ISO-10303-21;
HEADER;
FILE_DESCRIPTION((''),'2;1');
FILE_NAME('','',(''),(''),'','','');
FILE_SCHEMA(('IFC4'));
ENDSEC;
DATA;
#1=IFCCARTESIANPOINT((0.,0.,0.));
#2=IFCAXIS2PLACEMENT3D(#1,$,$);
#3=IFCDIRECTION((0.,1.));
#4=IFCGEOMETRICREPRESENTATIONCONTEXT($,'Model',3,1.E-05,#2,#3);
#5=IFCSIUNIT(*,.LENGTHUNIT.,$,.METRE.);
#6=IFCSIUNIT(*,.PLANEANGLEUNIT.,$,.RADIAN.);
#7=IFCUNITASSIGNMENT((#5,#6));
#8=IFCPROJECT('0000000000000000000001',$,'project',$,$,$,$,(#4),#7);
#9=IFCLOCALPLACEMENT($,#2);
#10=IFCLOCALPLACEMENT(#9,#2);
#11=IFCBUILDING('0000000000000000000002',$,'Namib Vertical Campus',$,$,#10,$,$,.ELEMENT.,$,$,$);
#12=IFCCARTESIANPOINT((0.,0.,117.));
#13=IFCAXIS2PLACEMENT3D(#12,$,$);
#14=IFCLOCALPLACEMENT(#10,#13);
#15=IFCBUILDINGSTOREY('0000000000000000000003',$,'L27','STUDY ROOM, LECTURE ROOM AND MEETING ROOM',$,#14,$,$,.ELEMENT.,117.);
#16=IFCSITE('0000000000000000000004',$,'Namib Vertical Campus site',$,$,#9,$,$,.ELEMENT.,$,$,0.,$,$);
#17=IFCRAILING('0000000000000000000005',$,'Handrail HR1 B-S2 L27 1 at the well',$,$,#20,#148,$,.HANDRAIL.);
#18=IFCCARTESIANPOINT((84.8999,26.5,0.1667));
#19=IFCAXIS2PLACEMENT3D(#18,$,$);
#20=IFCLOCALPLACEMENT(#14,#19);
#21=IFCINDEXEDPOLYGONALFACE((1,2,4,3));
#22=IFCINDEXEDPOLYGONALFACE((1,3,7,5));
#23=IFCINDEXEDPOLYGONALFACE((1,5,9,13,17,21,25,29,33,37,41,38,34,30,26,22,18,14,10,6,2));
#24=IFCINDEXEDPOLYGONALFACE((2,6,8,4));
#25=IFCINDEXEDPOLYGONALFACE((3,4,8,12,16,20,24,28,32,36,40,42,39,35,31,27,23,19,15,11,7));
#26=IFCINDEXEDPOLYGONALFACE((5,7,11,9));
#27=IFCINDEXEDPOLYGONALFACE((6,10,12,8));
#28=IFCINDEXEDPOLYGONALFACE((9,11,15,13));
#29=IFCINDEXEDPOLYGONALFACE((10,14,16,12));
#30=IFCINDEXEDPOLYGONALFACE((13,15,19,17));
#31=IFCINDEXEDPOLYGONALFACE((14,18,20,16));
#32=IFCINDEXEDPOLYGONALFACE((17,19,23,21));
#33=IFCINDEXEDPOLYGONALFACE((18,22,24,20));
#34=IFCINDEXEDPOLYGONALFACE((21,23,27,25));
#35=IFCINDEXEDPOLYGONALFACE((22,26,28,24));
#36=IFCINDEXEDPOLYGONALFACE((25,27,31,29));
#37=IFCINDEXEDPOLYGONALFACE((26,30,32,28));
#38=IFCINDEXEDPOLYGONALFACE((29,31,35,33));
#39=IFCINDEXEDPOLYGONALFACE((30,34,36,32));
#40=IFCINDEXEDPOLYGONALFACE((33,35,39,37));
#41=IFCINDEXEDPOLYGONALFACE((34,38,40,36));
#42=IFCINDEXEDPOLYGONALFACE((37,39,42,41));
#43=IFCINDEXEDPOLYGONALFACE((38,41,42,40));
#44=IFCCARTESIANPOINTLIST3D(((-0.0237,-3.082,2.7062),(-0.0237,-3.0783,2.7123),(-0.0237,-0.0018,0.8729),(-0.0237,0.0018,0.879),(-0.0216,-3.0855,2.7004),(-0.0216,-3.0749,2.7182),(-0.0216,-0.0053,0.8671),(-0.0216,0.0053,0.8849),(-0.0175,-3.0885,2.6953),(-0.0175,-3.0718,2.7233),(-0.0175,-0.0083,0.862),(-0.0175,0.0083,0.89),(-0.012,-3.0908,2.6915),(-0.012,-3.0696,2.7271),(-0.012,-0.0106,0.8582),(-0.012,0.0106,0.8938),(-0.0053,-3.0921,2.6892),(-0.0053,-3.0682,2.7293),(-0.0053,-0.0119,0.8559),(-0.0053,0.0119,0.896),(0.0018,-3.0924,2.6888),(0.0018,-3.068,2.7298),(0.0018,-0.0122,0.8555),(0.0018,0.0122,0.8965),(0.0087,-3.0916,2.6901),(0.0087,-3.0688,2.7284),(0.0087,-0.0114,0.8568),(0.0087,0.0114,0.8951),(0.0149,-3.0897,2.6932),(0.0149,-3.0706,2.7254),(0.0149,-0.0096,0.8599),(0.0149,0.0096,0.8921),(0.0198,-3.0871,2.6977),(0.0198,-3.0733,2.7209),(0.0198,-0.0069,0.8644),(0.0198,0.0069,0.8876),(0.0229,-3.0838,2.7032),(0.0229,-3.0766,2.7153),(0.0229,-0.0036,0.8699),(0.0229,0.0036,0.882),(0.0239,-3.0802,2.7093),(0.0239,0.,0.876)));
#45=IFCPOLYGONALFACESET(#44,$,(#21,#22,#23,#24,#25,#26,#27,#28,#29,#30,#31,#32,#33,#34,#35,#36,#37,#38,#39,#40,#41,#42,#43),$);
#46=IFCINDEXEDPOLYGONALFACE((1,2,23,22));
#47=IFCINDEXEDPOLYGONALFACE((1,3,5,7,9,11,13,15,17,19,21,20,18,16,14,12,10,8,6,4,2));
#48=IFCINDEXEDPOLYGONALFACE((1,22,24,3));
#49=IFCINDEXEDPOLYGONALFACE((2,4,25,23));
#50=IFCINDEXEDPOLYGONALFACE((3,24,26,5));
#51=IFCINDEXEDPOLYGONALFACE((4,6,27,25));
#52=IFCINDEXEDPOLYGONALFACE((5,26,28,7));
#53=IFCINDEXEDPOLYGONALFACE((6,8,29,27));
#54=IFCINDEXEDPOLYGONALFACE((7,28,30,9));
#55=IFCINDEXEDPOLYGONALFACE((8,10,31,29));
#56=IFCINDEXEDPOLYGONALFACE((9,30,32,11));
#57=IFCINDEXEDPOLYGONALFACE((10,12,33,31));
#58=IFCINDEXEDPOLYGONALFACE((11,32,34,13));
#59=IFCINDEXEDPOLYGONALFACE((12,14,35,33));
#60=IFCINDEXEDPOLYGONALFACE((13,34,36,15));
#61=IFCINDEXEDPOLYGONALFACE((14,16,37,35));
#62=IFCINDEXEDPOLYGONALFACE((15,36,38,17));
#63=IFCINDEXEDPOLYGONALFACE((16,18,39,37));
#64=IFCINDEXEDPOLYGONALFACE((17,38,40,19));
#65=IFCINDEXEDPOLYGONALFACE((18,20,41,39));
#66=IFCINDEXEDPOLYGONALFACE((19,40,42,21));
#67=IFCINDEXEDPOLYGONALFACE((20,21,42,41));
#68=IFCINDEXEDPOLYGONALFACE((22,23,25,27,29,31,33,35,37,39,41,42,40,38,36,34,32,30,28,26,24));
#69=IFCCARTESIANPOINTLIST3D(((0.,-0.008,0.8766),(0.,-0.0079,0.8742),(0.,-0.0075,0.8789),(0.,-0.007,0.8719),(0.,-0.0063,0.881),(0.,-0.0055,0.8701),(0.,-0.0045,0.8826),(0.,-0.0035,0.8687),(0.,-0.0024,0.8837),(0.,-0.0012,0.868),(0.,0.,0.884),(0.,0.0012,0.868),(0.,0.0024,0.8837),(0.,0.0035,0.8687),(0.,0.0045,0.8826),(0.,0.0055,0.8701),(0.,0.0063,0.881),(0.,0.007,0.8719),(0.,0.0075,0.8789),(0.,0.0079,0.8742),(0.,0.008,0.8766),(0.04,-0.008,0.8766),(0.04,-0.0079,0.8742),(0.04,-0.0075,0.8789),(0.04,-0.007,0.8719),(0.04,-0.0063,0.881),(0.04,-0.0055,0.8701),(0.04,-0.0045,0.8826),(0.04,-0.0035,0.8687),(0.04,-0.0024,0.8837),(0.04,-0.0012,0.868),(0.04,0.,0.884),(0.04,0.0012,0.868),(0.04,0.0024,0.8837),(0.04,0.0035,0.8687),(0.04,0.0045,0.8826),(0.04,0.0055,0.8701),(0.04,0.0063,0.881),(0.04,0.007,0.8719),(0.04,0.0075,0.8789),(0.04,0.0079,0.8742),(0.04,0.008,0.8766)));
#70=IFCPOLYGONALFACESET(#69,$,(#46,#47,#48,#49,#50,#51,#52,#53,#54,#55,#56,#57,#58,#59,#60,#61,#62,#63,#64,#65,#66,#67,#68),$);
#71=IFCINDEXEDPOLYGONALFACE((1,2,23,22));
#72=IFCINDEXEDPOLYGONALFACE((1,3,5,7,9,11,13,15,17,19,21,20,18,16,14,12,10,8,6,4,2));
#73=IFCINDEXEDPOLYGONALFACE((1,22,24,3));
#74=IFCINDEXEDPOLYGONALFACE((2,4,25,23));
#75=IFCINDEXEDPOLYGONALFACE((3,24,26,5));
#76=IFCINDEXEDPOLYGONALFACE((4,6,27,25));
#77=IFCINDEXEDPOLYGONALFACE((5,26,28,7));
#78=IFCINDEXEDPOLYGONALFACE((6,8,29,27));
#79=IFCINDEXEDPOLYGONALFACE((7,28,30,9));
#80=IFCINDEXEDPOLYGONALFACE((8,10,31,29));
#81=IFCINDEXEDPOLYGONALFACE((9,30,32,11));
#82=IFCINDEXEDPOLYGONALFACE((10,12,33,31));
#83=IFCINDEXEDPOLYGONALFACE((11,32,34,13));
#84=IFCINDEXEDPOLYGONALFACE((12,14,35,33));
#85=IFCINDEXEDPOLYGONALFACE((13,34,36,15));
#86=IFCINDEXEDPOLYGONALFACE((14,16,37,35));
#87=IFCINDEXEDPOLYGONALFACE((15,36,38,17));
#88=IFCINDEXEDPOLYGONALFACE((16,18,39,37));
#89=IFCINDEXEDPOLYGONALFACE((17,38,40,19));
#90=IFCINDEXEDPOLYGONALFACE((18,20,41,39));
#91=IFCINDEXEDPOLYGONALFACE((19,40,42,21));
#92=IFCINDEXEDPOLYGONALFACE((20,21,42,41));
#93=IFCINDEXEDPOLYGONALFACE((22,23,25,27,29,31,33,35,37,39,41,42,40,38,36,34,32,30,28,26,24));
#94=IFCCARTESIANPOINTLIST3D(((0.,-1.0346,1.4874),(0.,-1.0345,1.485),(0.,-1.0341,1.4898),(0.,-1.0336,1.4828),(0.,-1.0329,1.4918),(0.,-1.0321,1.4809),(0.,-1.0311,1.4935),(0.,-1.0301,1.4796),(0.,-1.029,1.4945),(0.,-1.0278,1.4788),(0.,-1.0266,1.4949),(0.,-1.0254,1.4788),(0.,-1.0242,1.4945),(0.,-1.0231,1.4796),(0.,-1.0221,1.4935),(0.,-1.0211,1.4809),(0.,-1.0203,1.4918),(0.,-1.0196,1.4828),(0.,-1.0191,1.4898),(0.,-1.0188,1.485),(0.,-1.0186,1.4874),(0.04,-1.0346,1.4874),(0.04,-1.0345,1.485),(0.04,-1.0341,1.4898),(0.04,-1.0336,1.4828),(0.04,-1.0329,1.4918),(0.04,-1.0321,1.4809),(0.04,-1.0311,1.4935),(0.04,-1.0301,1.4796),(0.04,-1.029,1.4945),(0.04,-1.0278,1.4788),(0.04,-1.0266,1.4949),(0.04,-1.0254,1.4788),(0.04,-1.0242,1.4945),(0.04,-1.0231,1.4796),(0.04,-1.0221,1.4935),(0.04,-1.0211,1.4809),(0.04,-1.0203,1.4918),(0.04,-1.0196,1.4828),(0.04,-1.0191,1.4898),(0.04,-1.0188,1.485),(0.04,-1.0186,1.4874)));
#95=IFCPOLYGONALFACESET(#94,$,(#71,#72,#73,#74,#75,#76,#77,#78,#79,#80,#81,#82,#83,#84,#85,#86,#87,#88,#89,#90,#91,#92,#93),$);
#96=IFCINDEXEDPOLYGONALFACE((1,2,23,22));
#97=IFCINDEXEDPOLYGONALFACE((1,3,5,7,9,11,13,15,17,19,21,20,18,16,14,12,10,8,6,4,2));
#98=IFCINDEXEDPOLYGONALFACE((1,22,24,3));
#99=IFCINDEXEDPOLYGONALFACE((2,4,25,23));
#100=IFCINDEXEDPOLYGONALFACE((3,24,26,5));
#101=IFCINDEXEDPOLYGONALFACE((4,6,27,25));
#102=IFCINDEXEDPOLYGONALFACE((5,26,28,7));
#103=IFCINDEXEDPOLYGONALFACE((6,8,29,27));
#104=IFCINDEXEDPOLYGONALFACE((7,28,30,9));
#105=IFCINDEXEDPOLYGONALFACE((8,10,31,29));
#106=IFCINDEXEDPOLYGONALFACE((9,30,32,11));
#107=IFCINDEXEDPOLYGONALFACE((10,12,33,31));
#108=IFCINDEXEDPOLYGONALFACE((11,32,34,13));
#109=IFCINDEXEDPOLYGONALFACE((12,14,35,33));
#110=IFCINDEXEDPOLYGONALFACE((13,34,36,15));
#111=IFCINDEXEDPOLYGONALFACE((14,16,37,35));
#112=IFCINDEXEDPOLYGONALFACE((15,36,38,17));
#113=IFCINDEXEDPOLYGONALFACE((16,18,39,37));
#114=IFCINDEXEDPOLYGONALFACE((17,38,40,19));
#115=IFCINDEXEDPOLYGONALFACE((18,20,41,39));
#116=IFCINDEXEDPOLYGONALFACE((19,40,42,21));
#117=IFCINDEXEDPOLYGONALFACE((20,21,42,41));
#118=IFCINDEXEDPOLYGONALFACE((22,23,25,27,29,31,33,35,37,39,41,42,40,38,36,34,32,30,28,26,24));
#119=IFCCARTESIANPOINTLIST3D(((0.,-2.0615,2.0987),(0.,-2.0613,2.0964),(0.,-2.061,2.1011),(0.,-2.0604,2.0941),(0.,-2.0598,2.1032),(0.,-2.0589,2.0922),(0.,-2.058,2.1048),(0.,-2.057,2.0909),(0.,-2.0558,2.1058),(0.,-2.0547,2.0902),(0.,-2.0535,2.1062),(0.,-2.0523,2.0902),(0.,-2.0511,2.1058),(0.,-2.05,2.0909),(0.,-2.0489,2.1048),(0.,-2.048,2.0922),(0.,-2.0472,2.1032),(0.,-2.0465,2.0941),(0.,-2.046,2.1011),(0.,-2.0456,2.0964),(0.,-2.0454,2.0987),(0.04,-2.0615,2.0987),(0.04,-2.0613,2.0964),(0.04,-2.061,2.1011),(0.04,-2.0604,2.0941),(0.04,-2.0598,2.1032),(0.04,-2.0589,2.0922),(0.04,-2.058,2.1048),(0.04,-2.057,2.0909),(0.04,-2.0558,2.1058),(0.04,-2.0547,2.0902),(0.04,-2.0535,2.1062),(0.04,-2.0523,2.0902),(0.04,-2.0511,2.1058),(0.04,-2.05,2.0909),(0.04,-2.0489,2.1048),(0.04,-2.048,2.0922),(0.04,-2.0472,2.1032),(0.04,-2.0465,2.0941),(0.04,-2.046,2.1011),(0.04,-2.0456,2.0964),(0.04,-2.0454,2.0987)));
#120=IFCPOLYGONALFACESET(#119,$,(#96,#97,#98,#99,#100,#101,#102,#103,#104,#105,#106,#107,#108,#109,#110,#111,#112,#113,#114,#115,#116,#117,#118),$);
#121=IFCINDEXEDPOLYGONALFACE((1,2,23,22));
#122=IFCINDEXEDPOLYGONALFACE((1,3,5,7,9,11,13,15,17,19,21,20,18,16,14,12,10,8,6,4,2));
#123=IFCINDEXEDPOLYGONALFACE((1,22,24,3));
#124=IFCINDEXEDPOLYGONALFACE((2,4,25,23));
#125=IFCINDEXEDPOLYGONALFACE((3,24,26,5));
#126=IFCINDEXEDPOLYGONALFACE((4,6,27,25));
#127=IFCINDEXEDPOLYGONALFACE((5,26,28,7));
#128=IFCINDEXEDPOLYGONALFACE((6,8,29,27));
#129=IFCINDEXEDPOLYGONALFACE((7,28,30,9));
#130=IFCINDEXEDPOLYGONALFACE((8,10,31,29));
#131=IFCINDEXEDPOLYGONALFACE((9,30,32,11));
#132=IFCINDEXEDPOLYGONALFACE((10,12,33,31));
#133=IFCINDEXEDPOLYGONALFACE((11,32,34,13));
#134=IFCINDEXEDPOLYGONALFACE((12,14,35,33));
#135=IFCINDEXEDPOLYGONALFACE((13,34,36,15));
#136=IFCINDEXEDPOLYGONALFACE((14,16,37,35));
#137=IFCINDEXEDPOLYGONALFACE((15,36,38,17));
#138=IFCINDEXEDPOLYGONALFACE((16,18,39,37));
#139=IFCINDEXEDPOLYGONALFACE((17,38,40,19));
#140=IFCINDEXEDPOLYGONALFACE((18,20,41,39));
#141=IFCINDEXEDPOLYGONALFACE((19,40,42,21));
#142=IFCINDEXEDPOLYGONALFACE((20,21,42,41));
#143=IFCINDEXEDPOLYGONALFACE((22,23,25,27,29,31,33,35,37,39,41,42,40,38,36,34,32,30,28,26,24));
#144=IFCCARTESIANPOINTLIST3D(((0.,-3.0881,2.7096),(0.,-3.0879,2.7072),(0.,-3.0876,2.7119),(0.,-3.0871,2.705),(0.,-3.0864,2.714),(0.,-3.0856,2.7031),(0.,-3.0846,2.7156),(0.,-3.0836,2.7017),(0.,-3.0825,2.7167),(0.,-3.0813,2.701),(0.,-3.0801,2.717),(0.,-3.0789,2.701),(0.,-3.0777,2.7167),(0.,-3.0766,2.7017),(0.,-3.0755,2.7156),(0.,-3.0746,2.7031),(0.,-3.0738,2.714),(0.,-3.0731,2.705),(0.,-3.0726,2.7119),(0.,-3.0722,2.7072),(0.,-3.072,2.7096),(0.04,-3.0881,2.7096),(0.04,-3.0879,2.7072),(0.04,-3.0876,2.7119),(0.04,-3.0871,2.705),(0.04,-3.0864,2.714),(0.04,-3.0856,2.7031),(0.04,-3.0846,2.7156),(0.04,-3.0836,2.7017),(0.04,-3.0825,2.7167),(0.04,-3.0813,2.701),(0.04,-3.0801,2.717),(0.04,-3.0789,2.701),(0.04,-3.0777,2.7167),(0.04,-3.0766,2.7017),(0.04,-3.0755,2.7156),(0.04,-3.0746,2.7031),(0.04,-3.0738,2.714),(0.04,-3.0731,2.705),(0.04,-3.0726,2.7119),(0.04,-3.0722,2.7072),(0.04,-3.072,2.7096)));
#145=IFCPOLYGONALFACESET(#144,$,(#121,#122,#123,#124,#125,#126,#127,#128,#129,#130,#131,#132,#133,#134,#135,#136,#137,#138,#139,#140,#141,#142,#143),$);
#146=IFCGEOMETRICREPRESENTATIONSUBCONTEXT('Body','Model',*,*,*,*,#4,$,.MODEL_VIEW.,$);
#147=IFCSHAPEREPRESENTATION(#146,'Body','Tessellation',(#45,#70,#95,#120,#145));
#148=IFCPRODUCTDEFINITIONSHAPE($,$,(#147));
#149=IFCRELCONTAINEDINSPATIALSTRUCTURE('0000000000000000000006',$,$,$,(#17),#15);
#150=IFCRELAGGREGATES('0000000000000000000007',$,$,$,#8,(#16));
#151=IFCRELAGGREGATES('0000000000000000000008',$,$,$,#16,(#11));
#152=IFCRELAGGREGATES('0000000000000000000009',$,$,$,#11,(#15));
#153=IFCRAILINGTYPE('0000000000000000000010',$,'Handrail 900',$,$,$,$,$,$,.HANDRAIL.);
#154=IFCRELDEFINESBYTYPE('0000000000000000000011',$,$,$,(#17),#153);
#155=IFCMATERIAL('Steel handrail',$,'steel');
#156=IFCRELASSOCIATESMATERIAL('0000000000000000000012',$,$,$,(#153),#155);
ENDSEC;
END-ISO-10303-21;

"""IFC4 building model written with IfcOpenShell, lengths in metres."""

from ifc_helpers import new_model, si_unit, direction, frame, origin, origin_2d, place, context, subcontext, project, spatial, circle, extrude, material, type_object, element, save


model = new_model("IFC4")

# Units and contexts
model_context = context("Model", 3, precision=1e-05, world=origin(), true_north=direction((0.0, 1.0)))
body_context = subcontext(model_context, "Body", "Model", "MODEL_VIEW")
ifc_project = project(units=[si_unit("LENGTHUNIT", "METRE"), si_unit("PLANEANGLEUNIT", "RADIAN")], contexts=[model_context])

# Site, building, storey
site_placement = place(None, origin())
site = spatial("IfcSite", under=ifc_project, at=site_placement, Name="Namib Vertical Campus site", CompositionType="ELEMENT", RefElevation=0.0)
building_placement = place(site_placement, origin())
building = spatial("IfcBuilding", under=site, at=building_placement, Name="Namib Vertical Campus", CompositionType="ELEMENT")
storey_placement = place(building_placement, frame((0.0, 0.0, 117.0)))
storey = spatial("IfcBuildingStorey", under=building, at=storey_placement, Name="L27", Description="STUDY ROOM, LECTURE ROOM AND MEETING ROOM", CompositionType="ELEMENT", Elevation=117.0)

# Railing
ifc_material_1 = material(Name="Steel handrail", Category="steel")
railing_type_1 = type_object("IfcRailingType", Name="Handrail 900", PredefinedType="HANDRAIL", material=ifc_material_1)
railing_1_placement = place(storey_placement, frame((84.8999, 26.5, 0.1667)))
element("IfcRailing", 1, at=railing_1_placement, inside=storey, type_object=railing_type_1, Name="Handrail HR1 B-S2 L27 1 at the well", PredefinedType="HANDRAIL", context=body_context, shape_type="SweptSolid", body=[
    extrude(circle(Radius=0.0239, at=origin_2d()), frame((0.0, 0.0, 0.876), z_axis=(0.0, -0.859309, 0.511458), x_axis=(1.0, 0.0, 0.0)), (0.0, 0.0, 1.0), 3.5845),
    extrude(circle(Radius=0.0081, at=origin_2d()), frame((0.0, 0.0, 0.876), z_axis=(1.0, 0.0, 0.0), x_axis=(0.0, 0.0, 1.0)), (0.0, 0.0, 1.0), 0.04),
    extrude(circle(Radius=0.0081, at=origin_2d()), frame((0.0, -1.0266, 1.4868), z_axis=(1.0, 0.0, 0.0), x_axis=(0.0, 0.0, 1.0)), (0.0, 0.0, 1.0), 0.04),
    extrude(circle(Radius=0.0081, at=origin_2d()), frame((0.0, -2.0535, 2.0981), z_axis=(1.0, 0.0, 0.0), x_axis=(0.0, 0.0, 1.0)), (0.0, 0.0, 1.0), 0.04),
    extrude(circle(Radius=0.0081, at=origin_2d()), frame((0.0, -3.0801, 2.709), z_axis=(1.0, 0.0, 0.0), x_axis=(0.0, 0.0, 1.0)), (0.0, 0.0, 1.0), 0.04),
])

save(model, "model.ifc")
